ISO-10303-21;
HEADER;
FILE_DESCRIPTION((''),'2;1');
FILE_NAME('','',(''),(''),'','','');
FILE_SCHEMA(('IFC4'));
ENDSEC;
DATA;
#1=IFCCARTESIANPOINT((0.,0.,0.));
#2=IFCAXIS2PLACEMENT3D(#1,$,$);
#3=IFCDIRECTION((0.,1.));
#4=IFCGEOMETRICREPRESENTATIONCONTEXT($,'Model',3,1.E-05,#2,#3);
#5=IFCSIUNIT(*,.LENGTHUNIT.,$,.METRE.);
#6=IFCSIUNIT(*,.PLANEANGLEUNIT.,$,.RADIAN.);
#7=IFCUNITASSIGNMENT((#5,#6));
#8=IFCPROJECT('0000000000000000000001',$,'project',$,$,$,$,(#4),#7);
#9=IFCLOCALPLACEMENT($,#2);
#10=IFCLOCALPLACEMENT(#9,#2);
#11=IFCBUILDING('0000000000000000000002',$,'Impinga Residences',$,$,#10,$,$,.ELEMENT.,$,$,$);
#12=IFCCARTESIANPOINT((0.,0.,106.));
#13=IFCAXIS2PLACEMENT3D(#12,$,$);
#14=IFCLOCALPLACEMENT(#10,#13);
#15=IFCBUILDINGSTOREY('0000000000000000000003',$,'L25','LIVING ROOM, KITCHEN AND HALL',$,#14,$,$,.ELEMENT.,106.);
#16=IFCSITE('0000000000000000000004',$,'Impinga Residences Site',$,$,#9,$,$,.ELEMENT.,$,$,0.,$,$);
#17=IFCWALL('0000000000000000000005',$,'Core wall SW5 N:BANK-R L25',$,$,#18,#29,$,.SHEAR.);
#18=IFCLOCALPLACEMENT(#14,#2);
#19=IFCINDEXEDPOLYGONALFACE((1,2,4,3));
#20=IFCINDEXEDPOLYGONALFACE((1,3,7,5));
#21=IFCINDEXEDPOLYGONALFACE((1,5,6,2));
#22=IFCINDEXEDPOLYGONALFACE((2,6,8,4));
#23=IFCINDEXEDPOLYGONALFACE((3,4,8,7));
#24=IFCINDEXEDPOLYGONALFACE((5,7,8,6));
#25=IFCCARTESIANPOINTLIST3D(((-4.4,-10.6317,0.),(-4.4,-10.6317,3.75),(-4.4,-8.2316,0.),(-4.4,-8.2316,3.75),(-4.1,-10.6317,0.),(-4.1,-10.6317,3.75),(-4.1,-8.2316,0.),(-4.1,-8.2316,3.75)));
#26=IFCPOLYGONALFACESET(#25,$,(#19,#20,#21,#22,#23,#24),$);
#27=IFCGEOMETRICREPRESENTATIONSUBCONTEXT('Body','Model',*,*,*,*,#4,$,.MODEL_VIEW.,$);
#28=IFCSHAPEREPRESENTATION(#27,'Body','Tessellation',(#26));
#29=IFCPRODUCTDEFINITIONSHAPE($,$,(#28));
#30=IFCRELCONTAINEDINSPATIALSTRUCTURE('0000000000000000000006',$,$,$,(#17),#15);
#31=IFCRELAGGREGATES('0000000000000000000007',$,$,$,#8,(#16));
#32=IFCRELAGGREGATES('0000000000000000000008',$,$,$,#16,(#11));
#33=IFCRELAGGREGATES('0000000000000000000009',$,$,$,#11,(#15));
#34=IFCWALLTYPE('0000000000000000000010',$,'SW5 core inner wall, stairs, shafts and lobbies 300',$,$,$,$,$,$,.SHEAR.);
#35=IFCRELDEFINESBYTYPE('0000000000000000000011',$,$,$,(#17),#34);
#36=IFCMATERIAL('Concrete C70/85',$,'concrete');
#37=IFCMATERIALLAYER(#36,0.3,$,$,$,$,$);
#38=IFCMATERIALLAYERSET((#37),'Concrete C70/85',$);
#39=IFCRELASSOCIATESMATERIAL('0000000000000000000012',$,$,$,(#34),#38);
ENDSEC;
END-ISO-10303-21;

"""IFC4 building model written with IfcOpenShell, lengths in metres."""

from ifc_helpers import new_model, si_unit, direction, frame, frame_2d, origin, place, context, subcontext, project, spatial, rectangle, extrude, material, layer, layer_set, type_object, element, save


model = new_model("IFC4")

# Units and contexts
model_context = context("Model", 3, precision=1e-05, world=origin(), true_north=direction((0.0, 1.0)))
body_context = subcontext(model_context, "Body", "Model", "MODEL_VIEW")
ifc_project = project(units=[si_unit("LENGTHUNIT", "METRE"), si_unit("PLANEANGLEUNIT", "RADIAN")], contexts=[model_context])

# Site, building, storey
site_placement = place(None, origin())
site = spatial("IfcSite", under=ifc_project, at=site_placement, Name="Impinga Residences Site", CompositionType="ELEMENT", RefElevation=0.0)
building_placement = place(site_placement, origin())
building = spatial("IfcBuilding", under=site, at=building_placement, Name="Impinga Residences", CompositionType="ELEMENT")
storey_placement = place(building_placement, frame((0.0, 0.0, 106.0)))
storey = spatial("IfcBuildingStorey", under=building, at=storey_placement, Name="L25", Description="LIVING ROOM, KITCHEN AND HALL", CompositionType="ELEMENT", Elevation=106.0)

# Wall
ifc_material_1 = material(Name="Concrete C70/85", Category="concrete")
ifc_layer_1 = layer(ifc_material_1, 0.3)
ifc_layer_set_1 = layer_set([ifc_layer_1], Name="Concrete C70/85")
wall_type_1 = type_object("IfcWallType", Name="SW5 core inner wall, stairs, shafts and lobbies 300", PredefinedType="SHEAR", material=ifc_layer_set_1)
wall_1_placement = place(storey_placement, frame((-4.25, -8.2314, 0.0), z_axis=(0.0, 0.0, 1.0), x_axis=(0.0, -1.0, 0.0)))
element("IfcWall", 1, at=wall_1_placement, inside=storey, type_object=wall_type_1, Name="Core wall SW5 N:BANK-R L25", PredefinedType="SHEAR", context=body_context, shape_type="SweptSolid", body=[
    extrude(rectangle(XDim=2.4001, YDim=0.3, at=frame_2d((1.2002, 0.0))), origin(), (0.0, 0.0, 1.0), 3.75),
])

save(model, "model.ifc")
